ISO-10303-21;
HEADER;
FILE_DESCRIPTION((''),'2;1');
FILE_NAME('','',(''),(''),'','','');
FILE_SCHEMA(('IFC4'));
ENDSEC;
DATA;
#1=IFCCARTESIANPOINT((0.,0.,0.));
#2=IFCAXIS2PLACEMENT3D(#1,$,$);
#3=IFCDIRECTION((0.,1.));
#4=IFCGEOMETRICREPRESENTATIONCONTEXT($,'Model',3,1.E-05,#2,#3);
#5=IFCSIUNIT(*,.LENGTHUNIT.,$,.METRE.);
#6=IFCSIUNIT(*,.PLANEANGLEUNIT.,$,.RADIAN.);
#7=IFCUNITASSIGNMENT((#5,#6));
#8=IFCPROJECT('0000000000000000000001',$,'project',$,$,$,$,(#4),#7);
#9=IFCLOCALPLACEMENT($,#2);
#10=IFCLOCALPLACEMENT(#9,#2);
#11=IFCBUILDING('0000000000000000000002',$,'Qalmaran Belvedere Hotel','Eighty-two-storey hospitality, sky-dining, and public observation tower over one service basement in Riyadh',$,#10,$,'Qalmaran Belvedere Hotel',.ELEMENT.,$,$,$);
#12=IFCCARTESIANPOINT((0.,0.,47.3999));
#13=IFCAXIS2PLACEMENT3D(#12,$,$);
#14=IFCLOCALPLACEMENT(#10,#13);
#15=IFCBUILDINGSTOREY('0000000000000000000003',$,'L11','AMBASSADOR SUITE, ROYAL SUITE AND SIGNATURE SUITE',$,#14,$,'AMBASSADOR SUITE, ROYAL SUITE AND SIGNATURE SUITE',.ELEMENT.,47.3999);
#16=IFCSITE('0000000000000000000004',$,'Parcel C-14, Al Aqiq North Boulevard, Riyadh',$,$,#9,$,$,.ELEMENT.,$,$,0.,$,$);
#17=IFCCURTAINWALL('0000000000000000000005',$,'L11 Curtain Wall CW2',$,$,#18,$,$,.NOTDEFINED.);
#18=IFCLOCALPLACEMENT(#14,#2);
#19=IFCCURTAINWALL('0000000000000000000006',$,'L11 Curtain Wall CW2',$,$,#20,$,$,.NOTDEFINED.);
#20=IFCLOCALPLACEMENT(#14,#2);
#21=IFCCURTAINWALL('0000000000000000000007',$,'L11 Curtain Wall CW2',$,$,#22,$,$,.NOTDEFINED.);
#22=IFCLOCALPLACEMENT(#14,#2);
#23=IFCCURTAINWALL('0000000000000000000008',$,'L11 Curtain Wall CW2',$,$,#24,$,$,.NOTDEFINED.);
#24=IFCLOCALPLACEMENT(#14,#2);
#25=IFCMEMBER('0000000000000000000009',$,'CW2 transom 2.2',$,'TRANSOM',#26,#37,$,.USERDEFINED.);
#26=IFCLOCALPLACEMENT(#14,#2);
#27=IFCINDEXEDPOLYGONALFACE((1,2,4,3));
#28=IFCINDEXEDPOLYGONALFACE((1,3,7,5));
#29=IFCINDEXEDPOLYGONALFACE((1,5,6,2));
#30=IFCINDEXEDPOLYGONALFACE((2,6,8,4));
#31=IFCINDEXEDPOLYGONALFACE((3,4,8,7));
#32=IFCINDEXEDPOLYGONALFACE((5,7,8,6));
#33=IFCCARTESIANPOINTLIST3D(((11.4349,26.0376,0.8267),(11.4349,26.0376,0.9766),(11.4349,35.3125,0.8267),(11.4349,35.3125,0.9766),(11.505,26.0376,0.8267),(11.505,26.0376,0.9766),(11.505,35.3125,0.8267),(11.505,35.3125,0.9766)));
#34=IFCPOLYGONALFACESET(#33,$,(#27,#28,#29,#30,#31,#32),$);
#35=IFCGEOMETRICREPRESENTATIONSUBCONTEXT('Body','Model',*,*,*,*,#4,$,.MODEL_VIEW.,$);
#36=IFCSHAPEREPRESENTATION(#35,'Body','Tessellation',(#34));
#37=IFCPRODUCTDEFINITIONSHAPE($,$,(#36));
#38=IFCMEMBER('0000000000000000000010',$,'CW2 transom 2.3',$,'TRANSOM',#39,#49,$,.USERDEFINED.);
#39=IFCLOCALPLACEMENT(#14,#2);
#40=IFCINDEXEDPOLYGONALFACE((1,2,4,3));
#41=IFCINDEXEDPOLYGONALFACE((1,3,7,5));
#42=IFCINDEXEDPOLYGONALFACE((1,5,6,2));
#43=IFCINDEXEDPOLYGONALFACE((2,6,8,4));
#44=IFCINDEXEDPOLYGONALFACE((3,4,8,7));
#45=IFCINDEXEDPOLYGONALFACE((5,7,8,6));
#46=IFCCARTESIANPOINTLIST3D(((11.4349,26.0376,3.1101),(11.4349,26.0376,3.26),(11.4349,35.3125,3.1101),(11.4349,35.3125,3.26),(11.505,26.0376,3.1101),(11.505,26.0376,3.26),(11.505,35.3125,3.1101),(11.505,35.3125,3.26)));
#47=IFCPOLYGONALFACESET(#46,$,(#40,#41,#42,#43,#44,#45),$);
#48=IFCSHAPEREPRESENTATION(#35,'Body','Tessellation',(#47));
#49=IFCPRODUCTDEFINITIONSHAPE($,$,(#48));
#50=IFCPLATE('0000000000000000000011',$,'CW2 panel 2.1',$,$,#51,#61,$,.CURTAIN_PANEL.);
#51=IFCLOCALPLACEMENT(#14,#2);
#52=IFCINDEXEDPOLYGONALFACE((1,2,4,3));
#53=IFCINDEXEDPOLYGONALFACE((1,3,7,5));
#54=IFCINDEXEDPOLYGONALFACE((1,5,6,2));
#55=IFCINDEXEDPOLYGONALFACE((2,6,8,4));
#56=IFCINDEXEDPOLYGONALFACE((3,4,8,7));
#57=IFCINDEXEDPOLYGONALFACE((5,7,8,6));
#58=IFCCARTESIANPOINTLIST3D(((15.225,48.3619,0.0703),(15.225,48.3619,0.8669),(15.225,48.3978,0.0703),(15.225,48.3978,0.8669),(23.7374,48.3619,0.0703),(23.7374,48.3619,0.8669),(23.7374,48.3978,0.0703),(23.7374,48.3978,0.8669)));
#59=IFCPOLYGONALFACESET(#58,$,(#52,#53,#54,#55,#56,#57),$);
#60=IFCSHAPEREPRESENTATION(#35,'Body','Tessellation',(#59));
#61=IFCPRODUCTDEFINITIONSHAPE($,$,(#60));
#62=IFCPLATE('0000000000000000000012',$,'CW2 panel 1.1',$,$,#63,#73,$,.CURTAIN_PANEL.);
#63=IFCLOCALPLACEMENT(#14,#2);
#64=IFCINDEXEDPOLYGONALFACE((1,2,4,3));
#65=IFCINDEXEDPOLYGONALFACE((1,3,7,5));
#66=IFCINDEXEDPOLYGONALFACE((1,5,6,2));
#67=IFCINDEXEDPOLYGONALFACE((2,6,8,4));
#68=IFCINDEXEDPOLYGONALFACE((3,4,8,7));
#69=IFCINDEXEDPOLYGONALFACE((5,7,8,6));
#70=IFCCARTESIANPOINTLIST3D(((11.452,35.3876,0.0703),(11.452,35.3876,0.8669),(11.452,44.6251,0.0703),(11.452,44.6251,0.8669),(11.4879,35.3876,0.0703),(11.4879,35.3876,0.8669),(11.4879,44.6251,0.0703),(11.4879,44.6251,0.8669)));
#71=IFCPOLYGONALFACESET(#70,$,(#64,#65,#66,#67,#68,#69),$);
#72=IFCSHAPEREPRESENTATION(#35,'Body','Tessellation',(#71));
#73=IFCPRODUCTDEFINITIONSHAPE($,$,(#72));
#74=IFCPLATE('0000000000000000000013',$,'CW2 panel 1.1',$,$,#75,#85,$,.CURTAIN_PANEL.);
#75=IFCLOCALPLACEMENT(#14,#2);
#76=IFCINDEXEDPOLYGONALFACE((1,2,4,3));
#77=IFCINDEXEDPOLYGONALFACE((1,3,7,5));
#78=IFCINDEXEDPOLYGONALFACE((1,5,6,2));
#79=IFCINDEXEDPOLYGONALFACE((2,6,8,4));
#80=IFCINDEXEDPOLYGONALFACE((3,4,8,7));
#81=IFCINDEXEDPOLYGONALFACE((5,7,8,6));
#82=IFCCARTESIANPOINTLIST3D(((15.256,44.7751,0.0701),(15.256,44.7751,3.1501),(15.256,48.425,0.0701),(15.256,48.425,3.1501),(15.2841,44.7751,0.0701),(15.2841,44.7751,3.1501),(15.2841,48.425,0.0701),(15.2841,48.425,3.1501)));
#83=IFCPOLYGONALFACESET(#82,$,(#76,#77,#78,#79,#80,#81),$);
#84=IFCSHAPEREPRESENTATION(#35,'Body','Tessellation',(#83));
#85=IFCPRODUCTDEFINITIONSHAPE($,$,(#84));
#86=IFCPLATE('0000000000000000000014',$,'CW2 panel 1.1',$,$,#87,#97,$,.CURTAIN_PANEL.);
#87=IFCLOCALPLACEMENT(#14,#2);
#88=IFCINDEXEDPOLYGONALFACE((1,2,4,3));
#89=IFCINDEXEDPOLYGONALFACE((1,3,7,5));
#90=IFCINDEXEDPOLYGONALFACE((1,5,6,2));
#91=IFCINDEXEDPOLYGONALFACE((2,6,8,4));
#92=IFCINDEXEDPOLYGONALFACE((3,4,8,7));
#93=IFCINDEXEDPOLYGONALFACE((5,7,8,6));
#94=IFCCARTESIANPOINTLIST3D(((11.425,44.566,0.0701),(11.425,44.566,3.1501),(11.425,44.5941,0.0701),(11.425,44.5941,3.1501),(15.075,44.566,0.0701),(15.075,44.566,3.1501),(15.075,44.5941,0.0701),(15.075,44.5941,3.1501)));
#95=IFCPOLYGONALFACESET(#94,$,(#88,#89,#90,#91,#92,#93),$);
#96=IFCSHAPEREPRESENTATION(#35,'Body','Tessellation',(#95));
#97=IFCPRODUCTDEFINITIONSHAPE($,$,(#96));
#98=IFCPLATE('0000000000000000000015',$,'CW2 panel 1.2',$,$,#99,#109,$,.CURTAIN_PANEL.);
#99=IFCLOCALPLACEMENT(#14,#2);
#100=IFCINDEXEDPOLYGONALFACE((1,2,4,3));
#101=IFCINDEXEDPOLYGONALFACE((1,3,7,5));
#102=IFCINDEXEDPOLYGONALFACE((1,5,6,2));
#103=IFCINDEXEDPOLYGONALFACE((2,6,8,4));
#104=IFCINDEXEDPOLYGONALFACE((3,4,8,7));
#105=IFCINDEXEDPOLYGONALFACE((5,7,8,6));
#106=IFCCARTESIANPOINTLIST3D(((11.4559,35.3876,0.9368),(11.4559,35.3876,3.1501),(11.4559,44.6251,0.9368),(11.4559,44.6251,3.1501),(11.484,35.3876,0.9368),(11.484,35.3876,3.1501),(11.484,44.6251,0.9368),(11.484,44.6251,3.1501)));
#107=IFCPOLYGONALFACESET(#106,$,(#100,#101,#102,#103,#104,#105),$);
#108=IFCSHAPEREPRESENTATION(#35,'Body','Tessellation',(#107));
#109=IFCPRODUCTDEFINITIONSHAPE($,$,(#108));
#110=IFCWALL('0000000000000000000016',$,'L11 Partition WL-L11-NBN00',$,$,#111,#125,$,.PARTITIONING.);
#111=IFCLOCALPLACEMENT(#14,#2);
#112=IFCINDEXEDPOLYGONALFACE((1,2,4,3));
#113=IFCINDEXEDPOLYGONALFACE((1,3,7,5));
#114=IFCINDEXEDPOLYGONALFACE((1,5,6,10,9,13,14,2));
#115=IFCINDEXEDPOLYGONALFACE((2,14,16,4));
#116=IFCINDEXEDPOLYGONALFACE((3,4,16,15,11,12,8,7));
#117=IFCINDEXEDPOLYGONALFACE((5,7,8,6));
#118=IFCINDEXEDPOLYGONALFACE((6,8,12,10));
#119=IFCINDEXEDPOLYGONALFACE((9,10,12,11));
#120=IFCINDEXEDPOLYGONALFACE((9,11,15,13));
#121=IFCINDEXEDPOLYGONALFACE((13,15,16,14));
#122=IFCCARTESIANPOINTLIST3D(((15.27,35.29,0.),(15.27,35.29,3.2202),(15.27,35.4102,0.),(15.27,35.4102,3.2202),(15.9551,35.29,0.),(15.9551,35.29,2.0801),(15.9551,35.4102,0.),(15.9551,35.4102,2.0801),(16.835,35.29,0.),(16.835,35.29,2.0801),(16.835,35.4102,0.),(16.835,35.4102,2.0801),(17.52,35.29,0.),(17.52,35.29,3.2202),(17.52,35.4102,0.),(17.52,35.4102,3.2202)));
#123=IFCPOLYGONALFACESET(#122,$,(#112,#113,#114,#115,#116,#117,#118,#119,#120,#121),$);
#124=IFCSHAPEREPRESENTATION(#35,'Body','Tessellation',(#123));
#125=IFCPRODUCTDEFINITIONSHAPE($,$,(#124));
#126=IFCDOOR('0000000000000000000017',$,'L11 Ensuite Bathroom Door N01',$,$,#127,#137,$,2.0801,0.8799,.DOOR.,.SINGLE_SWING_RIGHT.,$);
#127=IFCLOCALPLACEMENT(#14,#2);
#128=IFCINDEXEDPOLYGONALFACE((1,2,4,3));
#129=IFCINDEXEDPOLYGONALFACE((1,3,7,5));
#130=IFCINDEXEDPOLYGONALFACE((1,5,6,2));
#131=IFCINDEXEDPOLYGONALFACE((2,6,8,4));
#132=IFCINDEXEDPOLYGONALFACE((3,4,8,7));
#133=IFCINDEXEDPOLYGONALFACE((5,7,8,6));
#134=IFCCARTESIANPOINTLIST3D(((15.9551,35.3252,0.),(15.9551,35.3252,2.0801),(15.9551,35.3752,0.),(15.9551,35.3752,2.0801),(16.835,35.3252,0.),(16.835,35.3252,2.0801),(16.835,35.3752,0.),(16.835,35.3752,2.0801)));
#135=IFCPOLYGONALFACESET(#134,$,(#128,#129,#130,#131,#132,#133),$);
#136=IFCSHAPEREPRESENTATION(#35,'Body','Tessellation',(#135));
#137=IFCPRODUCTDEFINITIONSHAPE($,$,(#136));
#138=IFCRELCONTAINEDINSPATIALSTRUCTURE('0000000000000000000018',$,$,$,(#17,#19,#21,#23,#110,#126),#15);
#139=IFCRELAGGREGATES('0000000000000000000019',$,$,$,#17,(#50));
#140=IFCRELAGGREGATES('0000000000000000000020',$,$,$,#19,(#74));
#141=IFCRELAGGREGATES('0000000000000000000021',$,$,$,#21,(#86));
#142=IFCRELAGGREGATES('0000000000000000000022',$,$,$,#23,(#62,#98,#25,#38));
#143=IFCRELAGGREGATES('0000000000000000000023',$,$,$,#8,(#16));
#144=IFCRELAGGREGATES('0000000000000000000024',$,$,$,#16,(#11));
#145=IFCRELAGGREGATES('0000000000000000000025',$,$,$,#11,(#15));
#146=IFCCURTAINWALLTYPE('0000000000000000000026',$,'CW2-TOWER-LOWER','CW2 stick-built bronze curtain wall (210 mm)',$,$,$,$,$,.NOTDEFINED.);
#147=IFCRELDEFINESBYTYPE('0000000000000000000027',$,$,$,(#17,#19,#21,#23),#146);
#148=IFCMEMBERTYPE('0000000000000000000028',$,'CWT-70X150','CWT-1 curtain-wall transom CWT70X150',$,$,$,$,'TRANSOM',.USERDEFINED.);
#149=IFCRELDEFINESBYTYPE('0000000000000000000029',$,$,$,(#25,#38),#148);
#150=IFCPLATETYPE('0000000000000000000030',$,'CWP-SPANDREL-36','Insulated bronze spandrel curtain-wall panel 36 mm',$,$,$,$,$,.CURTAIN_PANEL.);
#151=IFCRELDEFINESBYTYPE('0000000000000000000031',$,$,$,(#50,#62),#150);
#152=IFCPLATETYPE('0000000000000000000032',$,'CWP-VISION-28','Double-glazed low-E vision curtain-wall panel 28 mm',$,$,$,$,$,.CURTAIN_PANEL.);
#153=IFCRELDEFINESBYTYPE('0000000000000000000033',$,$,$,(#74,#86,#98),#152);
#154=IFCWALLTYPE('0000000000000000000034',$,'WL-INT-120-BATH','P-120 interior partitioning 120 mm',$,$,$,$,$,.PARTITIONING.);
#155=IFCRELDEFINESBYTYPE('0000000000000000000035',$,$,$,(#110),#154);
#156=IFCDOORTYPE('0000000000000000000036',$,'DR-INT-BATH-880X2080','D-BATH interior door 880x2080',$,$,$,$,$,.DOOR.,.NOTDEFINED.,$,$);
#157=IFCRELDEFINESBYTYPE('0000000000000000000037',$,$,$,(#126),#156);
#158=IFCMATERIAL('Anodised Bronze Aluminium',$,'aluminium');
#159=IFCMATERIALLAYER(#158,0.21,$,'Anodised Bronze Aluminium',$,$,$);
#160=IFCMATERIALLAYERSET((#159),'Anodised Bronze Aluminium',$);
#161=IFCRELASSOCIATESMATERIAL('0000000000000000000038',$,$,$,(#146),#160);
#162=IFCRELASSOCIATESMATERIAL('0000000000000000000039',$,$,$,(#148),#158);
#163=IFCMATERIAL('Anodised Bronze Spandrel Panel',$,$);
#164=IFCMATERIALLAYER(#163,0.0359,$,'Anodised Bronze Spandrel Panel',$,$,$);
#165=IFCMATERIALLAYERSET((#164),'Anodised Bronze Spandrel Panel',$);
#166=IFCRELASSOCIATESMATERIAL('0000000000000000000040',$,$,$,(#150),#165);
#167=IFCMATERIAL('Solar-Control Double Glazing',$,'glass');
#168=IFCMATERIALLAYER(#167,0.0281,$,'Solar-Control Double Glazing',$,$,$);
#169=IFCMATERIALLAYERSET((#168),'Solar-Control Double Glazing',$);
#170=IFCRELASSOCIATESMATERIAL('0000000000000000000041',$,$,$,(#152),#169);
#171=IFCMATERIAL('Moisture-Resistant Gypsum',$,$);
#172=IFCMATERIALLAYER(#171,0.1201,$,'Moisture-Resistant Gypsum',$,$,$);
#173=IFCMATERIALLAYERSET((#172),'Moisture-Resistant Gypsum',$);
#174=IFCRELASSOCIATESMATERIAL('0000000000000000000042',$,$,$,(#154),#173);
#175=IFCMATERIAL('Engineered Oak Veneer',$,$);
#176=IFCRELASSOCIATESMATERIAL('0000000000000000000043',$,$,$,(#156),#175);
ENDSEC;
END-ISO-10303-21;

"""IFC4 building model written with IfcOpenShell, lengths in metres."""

from ifc_helpers import new_model, si_unit, direction, frame, frame_2d, origin, origin_2d, place, context, subcontext, project, spatial, rectangle, extrude, material, layer, layer_set, material_profile, profile_set, type_object, element, fill, aggregate, save


model = new_model("IFC4")

# Units and contexts
model_context = context("Model", 3, precision=1e-05, world=origin(), true_north=direction((0.0, 1.0)))
body_context = subcontext(model_context, "Body", "Model", "MODEL_VIEW")
ifc_project = project(units=[si_unit("LENGTHUNIT", "METRE"), si_unit("PLANEANGLEUNIT", "RADIAN")], contexts=[model_context])

# Site, building, storey
site_placement = place(None, origin())
site = spatial("IfcSite", under=ifc_project, at=site_placement, Name="Parcel C-14, Al Aqiq North Boulevard, Riyadh", CompositionType="ELEMENT", RefElevation=0.0)
building_placement = place(site_placement, origin())
building = spatial("IfcBuilding", under=site, at=building_placement, Name="Qalmaran Belvedere Hotel", Description="Eighty-two-storey hospitality, sky-dining, and public observation tower over one service basement in Riyadh", LongName="Qalmaran Belvedere Hotel", CompositionType="ELEMENT")
storey_placement = place(building_placement, frame((0.0, 0.0, 47.3999)))
storey = spatial("IfcBuildingStorey", under=building, at=storey_placement, Name="L11", Description="AMBASSADOR SUITE, ROYAL SUITE AND SIGNATURE SUITE", LongName="AMBASSADOR SUITE, ROYAL SUITE AND SIGNATURE SUITE", CompositionType="ELEMENT", Elevation=47.3999)

# Curtain wall
ifc_material_1 = material(Name="Anodised Bronze Aluminium", Category="aluminium")
ifc_layer_1 = layer(ifc_material_1, 0.21, Name="Anodised Bronze Aluminium")
ifc_layer_set_1 = layer_set([ifc_layer_1], Name="Anodised Bronze Aluminium")
curtain_wall_type = type_object("IfcCurtainWallType", Name="CW2-TOWER-LOWER", Description="CW2 stick-built bronze curtain wall (210 mm)", PredefinedType="NOTDEFINED", material=ifc_layer_set_1)
curtain_wall_1_placement = place(storey_placement, origin())
curtain_wall_1 = element("IfcCurtainWall", 1, at=curtain_wall_1_placement, inside=storey, type_object=curtain_wall_type, Name="L11 Curtain Wall CW2", PredefinedType="NOTDEFINED")

# Curtain walls
curtain_wall_2_placement = place(storey_placement, origin())
curtain_wall_2 = element("IfcCurtainWall", 2, at=curtain_wall_2_placement, inside=storey, type_object=curtain_wall_type, Name="L11 Curtain Wall CW2", PredefinedType="NOTDEFINED")
curtain_wall_3_placement = place(storey_placement, origin())
curtain_wall_3 = element("IfcCurtainWall", 3, at=curtain_wall_3_placement, inside=storey, type_object=curtain_wall_type, Name="L11 Curtain Wall CW2", PredefinedType="NOTDEFINED")
curtain_wall_4_placement = place(storey_placement, origin())
curtain_wall_4 = element("IfcCurtainWall", 4, at=curtain_wall_4_placement, inside=storey, type_object=curtain_wall_type, Name="L11 Curtain Wall CW2", PredefinedType="NOTDEFINED")

# Members
ifc_material_profile_1 = material_profile(ifc_material_1, rectangle(XDim=0.0701, YDim=0.1499, at=origin_2d()), Name="CWT70X150")
ifc_profile_set_1 = profile_set([ifc_material_profile_1], Name="Anodised Bronze Aluminium")
member_type_1 = type_object("IfcMemberType", Name="CWT-70X150", Description="CWT-1 curtain-wall transom CWT70X150", ElementType="TRANSOM", PredefinedType="USERDEFINED", material=ifc_profile_set_1)
member_1_placement = place(storey_placement, frame((11.47, 35.3125, 0.9016), z_axis=(0.0, -1.0, 0.0), x_axis=(1.0, 0.0, 0.0)))
member_1 = element("IfcMember", 5, at=member_1_placement, type_object=member_type_1, Name="CW2 transom 2.2", ObjectType="TRANSOM", PredefinedType="USERDEFINED", context=body_context, shape_type="SweptSolid", body=[
    extrude(rectangle(XDim=0.0701, YDim=0.1499, at=origin_2d()), origin(), (0.0, 0.0, 1.0), 9.2749),
])
member_2_placement = place(storey_placement, frame((11.47, 35.3125, 3.1851), z_axis=(0.0, -1.0, 0.0), x_axis=(1.0, 0.0, 0.0)))
member_2 = element("IfcMember", 6, at=member_2_placement, type_object=member_type_1, Name="CW2 transom 2.3", ObjectType="TRANSOM", PredefinedType="USERDEFINED", context=body_context, shape_type="SweptSolid", body=[
    extrude(rectangle(XDim=0.0701, YDim=0.1499, at=origin_2d()), origin(), (0.0, 0.0, 1.0), 9.2749),
])

# Plates
ifc_material_2 = material(Name="Anodised Bronze Spandrel Panel")
ifc_layer_2 = layer(ifc_material_2, 0.0359, Name="Anodised Bronze Spandrel Panel")
ifc_layer_set_2 = layer_set([ifc_layer_2], Name="Anodised Bronze Spandrel Panel")
plate_type_1 = type_object("IfcPlateType", Name="CWP-SPANDREL-36", Description="Insulated bronze spandrel curtain-wall panel 36 mm", PredefinedType="CURTAIN_PANEL", material=ifc_layer_set_2)
plate_1_placement = place(storey_placement, frame((19.4812, 48.3799, 0.0703), z_axis=(0.0, 0.0, 1.0), x_axis=(-1.0, 0.0, 0.0)))
plate_1 = element("IfcPlate", 7, at=plate_1_placement, type_object=plate_type_1, Name="CW2 panel 2.1", PredefinedType="CURTAIN_PANEL", context=body_context, shape_type="SweptSolid", body=[
    extrude(rectangle(XDim=8.5125, YDim=0.0359, at=origin_2d()), origin(), (0.0, 0.0, 1.0), 0.7966),
])
aggregate(curtain_wall_1, [plate_1])
plate_2_placement = place(storey_placement, frame((11.47, 40.0063, 0.0703), z_axis=(0.0, 0.0, 1.0), x_axis=(0.0, -1.0, 0.0)))
plate_2 = element("IfcPlate", 8, at=plate_2_placement, type_object=plate_type_1, Name="CW2 panel 1.1", PredefinedType="CURTAIN_PANEL", context=body_context, shape_type="SweptSolid", body=[
    extrude(rectangle(XDim=9.2375, YDim=0.0359, at=origin_2d()), origin(), (0.0, 0.0, 1.0), 0.7966),
])
ifc_material_3 = material(Name="Solar-Control Double Glazing", Category="glass")
ifc_layer_3 = layer(ifc_material_3, 0.0281, Name="Solar-Control Double Glazing")
ifc_layer_set_3 = layer_set([ifc_layer_3], Name="Solar-Control Double Glazing")
plate_type_2 = type_object("IfcPlateType", Name="CWP-VISION-28", Description="Double-glazed low-E vision curtain-wall panel 28 mm", PredefinedType="CURTAIN_PANEL", material=ifc_layer_set_3)
plate_3_placement = place(storey_placement, frame((15.27, 46.6001, 0.0701), z_axis=(0.0, 0.0, 1.0), x_axis=(0.0, -1.0, 0.0)))
plate_3 = element("IfcPlate", 9, at=plate_3_placement, type_object=plate_type_2, Name="CW2 panel 1.1", PredefinedType="CURTAIN_PANEL", context=body_context, shape_type="SweptSolid", body=[
    extrude(rectangle(XDim=3.6499, YDim=0.0281, at=origin_2d()), origin(), (0.0, 0.0, 1.0), 3.0801),
])
aggregate(curtain_wall_2, [plate_3])
plate_4_placement = place(storey_placement, frame((13.25, 44.5801, 0.0701), z_axis=(0.0, 0.0, 1.0), x_axis=(-1.0, 0.0, 0.0)))
plate_4 = element("IfcPlate", 10, at=plate_4_placement, type_object=plate_type_2, Name="CW2 panel 1.1", PredefinedType="CURTAIN_PANEL", context=body_context, shape_type="SweptSolid", body=[
    extrude(rectangle(XDim=3.6499, YDim=0.0281, at=origin_2d()), origin(), (0.0, 0.0, 1.0), 3.0801),
])
aggregate(curtain_wall_3, [plate_4])
plate_5_placement = place(storey_placement, frame((11.47, 40.0063, 0.9368), z_axis=(0.0, 0.0, 1.0), x_axis=(0.0, -1.0, 0.0)))
plate_5 = element("IfcPlate", 11, at=plate_5_placement, type_object=plate_type_2, Name="CW2 panel 1.2", PredefinedType="CURTAIN_PANEL", context=body_context, shape_type="SweptSolid", body=[
    extrude(rectangle(XDim=9.2375, YDim=0.0281, at=origin_2d()), origin(), (0.0, 0.0, 1.0), 2.2134),
])
aggregate(curtain_wall_4, [plate_2, plate_5, member_1, member_2])

# Wall, opening, door
ifc_material_4 = material(Name="Moisture-Resistant Gypsum")
ifc_layer_4 = layer(ifc_material_4, 0.1201, Name="Moisture-Resistant Gypsum")
ifc_layer_set_4 = layer_set([ifc_layer_4], Name="Moisture-Resistant Gypsum")
wall_type = type_object("IfcWallType", Name="WL-INT-120-BATH", Description="P-120 interior partitioning 120 mm", PredefinedType="PARTITIONING", material=ifc_layer_set_4)
wall_placement = place(storey_placement, frame((15.27, 35.3501, 0.0), z_axis=(0.0, 0.0, 1.0), x_axis=(1.0, 0.0, 0.0)))
wall = element("IfcWall", 12, at=wall_placement, inside=storey, type_object=wall_type, Name="L11 Partition WL-L11-NBN00", PredefinedType="PARTITIONING", context=body_context, shape_type="SweptSolid", body=[
    extrude(rectangle(XDim=2.25, YDim=0.1201, at=frame_2d((1.125, 0.0))), origin(), (0.0, 0.0, 1.0), 3.2202),
])
opening_placement = place(wall_placement, frame((1.5649, 0.0, 0.0), z_axis=(0.0, 0.0, 1.0), x_axis=(-1.0, 0.0, 0.0)))
opening = element("IfcOpeningElement", 13, at=opening_placement, cuts=wall, PredefinedType="OPENING", context=body_context, shape_type="SweptSolid", body=[
    extrude(rectangle(XDim=0.8799, YDim=2.0801, at=frame_2d((0.4399, 1.04))), frame((0.0, 0.0701, 0.0), z_axis=(0.0, -1.0, 0.0), x_axis=(1.0, 0.0, 0.0)), (0.0, 0.0, 1.0), 0.1401),
])
ifc_material_5 = material(Name="Engineered Oak Veneer")
door_type = type_object("IfcDoorType", Name="DR-INT-BATH-880X2080", Description="D-BATH interior door 880x2080", OperationType="NOTDEFINED", PredefinedType="DOOR", material=ifc_material_5)
door_placement = place(opening_placement, origin())
door = element("IfcDoor", 14, at=door_placement, inside=storey, type_object=door_type, Name="L11 Ensuite Bathroom Door N01", OperationType="SINGLE_SWING_RIGHT", OverallHeight=2.0801, OverallWidth=0.8799, PredefinedType="DOOR", context=body_context, shape_type="SweptSolid", body=[
    extrude(rectangle(XDim=0.8799, YDim=2.0801, at=frame_2d((0.4399, 1.04))), frame((0.0, 0.0249, 0.0), z_axis=(0.0, -1.0, 0.0), x_axis=(1.0, 0.0, 0.0)), (0.0, 0.0, 1.0), 0.05),
])
fill(opening, door)

save(model, "model.ifc")
